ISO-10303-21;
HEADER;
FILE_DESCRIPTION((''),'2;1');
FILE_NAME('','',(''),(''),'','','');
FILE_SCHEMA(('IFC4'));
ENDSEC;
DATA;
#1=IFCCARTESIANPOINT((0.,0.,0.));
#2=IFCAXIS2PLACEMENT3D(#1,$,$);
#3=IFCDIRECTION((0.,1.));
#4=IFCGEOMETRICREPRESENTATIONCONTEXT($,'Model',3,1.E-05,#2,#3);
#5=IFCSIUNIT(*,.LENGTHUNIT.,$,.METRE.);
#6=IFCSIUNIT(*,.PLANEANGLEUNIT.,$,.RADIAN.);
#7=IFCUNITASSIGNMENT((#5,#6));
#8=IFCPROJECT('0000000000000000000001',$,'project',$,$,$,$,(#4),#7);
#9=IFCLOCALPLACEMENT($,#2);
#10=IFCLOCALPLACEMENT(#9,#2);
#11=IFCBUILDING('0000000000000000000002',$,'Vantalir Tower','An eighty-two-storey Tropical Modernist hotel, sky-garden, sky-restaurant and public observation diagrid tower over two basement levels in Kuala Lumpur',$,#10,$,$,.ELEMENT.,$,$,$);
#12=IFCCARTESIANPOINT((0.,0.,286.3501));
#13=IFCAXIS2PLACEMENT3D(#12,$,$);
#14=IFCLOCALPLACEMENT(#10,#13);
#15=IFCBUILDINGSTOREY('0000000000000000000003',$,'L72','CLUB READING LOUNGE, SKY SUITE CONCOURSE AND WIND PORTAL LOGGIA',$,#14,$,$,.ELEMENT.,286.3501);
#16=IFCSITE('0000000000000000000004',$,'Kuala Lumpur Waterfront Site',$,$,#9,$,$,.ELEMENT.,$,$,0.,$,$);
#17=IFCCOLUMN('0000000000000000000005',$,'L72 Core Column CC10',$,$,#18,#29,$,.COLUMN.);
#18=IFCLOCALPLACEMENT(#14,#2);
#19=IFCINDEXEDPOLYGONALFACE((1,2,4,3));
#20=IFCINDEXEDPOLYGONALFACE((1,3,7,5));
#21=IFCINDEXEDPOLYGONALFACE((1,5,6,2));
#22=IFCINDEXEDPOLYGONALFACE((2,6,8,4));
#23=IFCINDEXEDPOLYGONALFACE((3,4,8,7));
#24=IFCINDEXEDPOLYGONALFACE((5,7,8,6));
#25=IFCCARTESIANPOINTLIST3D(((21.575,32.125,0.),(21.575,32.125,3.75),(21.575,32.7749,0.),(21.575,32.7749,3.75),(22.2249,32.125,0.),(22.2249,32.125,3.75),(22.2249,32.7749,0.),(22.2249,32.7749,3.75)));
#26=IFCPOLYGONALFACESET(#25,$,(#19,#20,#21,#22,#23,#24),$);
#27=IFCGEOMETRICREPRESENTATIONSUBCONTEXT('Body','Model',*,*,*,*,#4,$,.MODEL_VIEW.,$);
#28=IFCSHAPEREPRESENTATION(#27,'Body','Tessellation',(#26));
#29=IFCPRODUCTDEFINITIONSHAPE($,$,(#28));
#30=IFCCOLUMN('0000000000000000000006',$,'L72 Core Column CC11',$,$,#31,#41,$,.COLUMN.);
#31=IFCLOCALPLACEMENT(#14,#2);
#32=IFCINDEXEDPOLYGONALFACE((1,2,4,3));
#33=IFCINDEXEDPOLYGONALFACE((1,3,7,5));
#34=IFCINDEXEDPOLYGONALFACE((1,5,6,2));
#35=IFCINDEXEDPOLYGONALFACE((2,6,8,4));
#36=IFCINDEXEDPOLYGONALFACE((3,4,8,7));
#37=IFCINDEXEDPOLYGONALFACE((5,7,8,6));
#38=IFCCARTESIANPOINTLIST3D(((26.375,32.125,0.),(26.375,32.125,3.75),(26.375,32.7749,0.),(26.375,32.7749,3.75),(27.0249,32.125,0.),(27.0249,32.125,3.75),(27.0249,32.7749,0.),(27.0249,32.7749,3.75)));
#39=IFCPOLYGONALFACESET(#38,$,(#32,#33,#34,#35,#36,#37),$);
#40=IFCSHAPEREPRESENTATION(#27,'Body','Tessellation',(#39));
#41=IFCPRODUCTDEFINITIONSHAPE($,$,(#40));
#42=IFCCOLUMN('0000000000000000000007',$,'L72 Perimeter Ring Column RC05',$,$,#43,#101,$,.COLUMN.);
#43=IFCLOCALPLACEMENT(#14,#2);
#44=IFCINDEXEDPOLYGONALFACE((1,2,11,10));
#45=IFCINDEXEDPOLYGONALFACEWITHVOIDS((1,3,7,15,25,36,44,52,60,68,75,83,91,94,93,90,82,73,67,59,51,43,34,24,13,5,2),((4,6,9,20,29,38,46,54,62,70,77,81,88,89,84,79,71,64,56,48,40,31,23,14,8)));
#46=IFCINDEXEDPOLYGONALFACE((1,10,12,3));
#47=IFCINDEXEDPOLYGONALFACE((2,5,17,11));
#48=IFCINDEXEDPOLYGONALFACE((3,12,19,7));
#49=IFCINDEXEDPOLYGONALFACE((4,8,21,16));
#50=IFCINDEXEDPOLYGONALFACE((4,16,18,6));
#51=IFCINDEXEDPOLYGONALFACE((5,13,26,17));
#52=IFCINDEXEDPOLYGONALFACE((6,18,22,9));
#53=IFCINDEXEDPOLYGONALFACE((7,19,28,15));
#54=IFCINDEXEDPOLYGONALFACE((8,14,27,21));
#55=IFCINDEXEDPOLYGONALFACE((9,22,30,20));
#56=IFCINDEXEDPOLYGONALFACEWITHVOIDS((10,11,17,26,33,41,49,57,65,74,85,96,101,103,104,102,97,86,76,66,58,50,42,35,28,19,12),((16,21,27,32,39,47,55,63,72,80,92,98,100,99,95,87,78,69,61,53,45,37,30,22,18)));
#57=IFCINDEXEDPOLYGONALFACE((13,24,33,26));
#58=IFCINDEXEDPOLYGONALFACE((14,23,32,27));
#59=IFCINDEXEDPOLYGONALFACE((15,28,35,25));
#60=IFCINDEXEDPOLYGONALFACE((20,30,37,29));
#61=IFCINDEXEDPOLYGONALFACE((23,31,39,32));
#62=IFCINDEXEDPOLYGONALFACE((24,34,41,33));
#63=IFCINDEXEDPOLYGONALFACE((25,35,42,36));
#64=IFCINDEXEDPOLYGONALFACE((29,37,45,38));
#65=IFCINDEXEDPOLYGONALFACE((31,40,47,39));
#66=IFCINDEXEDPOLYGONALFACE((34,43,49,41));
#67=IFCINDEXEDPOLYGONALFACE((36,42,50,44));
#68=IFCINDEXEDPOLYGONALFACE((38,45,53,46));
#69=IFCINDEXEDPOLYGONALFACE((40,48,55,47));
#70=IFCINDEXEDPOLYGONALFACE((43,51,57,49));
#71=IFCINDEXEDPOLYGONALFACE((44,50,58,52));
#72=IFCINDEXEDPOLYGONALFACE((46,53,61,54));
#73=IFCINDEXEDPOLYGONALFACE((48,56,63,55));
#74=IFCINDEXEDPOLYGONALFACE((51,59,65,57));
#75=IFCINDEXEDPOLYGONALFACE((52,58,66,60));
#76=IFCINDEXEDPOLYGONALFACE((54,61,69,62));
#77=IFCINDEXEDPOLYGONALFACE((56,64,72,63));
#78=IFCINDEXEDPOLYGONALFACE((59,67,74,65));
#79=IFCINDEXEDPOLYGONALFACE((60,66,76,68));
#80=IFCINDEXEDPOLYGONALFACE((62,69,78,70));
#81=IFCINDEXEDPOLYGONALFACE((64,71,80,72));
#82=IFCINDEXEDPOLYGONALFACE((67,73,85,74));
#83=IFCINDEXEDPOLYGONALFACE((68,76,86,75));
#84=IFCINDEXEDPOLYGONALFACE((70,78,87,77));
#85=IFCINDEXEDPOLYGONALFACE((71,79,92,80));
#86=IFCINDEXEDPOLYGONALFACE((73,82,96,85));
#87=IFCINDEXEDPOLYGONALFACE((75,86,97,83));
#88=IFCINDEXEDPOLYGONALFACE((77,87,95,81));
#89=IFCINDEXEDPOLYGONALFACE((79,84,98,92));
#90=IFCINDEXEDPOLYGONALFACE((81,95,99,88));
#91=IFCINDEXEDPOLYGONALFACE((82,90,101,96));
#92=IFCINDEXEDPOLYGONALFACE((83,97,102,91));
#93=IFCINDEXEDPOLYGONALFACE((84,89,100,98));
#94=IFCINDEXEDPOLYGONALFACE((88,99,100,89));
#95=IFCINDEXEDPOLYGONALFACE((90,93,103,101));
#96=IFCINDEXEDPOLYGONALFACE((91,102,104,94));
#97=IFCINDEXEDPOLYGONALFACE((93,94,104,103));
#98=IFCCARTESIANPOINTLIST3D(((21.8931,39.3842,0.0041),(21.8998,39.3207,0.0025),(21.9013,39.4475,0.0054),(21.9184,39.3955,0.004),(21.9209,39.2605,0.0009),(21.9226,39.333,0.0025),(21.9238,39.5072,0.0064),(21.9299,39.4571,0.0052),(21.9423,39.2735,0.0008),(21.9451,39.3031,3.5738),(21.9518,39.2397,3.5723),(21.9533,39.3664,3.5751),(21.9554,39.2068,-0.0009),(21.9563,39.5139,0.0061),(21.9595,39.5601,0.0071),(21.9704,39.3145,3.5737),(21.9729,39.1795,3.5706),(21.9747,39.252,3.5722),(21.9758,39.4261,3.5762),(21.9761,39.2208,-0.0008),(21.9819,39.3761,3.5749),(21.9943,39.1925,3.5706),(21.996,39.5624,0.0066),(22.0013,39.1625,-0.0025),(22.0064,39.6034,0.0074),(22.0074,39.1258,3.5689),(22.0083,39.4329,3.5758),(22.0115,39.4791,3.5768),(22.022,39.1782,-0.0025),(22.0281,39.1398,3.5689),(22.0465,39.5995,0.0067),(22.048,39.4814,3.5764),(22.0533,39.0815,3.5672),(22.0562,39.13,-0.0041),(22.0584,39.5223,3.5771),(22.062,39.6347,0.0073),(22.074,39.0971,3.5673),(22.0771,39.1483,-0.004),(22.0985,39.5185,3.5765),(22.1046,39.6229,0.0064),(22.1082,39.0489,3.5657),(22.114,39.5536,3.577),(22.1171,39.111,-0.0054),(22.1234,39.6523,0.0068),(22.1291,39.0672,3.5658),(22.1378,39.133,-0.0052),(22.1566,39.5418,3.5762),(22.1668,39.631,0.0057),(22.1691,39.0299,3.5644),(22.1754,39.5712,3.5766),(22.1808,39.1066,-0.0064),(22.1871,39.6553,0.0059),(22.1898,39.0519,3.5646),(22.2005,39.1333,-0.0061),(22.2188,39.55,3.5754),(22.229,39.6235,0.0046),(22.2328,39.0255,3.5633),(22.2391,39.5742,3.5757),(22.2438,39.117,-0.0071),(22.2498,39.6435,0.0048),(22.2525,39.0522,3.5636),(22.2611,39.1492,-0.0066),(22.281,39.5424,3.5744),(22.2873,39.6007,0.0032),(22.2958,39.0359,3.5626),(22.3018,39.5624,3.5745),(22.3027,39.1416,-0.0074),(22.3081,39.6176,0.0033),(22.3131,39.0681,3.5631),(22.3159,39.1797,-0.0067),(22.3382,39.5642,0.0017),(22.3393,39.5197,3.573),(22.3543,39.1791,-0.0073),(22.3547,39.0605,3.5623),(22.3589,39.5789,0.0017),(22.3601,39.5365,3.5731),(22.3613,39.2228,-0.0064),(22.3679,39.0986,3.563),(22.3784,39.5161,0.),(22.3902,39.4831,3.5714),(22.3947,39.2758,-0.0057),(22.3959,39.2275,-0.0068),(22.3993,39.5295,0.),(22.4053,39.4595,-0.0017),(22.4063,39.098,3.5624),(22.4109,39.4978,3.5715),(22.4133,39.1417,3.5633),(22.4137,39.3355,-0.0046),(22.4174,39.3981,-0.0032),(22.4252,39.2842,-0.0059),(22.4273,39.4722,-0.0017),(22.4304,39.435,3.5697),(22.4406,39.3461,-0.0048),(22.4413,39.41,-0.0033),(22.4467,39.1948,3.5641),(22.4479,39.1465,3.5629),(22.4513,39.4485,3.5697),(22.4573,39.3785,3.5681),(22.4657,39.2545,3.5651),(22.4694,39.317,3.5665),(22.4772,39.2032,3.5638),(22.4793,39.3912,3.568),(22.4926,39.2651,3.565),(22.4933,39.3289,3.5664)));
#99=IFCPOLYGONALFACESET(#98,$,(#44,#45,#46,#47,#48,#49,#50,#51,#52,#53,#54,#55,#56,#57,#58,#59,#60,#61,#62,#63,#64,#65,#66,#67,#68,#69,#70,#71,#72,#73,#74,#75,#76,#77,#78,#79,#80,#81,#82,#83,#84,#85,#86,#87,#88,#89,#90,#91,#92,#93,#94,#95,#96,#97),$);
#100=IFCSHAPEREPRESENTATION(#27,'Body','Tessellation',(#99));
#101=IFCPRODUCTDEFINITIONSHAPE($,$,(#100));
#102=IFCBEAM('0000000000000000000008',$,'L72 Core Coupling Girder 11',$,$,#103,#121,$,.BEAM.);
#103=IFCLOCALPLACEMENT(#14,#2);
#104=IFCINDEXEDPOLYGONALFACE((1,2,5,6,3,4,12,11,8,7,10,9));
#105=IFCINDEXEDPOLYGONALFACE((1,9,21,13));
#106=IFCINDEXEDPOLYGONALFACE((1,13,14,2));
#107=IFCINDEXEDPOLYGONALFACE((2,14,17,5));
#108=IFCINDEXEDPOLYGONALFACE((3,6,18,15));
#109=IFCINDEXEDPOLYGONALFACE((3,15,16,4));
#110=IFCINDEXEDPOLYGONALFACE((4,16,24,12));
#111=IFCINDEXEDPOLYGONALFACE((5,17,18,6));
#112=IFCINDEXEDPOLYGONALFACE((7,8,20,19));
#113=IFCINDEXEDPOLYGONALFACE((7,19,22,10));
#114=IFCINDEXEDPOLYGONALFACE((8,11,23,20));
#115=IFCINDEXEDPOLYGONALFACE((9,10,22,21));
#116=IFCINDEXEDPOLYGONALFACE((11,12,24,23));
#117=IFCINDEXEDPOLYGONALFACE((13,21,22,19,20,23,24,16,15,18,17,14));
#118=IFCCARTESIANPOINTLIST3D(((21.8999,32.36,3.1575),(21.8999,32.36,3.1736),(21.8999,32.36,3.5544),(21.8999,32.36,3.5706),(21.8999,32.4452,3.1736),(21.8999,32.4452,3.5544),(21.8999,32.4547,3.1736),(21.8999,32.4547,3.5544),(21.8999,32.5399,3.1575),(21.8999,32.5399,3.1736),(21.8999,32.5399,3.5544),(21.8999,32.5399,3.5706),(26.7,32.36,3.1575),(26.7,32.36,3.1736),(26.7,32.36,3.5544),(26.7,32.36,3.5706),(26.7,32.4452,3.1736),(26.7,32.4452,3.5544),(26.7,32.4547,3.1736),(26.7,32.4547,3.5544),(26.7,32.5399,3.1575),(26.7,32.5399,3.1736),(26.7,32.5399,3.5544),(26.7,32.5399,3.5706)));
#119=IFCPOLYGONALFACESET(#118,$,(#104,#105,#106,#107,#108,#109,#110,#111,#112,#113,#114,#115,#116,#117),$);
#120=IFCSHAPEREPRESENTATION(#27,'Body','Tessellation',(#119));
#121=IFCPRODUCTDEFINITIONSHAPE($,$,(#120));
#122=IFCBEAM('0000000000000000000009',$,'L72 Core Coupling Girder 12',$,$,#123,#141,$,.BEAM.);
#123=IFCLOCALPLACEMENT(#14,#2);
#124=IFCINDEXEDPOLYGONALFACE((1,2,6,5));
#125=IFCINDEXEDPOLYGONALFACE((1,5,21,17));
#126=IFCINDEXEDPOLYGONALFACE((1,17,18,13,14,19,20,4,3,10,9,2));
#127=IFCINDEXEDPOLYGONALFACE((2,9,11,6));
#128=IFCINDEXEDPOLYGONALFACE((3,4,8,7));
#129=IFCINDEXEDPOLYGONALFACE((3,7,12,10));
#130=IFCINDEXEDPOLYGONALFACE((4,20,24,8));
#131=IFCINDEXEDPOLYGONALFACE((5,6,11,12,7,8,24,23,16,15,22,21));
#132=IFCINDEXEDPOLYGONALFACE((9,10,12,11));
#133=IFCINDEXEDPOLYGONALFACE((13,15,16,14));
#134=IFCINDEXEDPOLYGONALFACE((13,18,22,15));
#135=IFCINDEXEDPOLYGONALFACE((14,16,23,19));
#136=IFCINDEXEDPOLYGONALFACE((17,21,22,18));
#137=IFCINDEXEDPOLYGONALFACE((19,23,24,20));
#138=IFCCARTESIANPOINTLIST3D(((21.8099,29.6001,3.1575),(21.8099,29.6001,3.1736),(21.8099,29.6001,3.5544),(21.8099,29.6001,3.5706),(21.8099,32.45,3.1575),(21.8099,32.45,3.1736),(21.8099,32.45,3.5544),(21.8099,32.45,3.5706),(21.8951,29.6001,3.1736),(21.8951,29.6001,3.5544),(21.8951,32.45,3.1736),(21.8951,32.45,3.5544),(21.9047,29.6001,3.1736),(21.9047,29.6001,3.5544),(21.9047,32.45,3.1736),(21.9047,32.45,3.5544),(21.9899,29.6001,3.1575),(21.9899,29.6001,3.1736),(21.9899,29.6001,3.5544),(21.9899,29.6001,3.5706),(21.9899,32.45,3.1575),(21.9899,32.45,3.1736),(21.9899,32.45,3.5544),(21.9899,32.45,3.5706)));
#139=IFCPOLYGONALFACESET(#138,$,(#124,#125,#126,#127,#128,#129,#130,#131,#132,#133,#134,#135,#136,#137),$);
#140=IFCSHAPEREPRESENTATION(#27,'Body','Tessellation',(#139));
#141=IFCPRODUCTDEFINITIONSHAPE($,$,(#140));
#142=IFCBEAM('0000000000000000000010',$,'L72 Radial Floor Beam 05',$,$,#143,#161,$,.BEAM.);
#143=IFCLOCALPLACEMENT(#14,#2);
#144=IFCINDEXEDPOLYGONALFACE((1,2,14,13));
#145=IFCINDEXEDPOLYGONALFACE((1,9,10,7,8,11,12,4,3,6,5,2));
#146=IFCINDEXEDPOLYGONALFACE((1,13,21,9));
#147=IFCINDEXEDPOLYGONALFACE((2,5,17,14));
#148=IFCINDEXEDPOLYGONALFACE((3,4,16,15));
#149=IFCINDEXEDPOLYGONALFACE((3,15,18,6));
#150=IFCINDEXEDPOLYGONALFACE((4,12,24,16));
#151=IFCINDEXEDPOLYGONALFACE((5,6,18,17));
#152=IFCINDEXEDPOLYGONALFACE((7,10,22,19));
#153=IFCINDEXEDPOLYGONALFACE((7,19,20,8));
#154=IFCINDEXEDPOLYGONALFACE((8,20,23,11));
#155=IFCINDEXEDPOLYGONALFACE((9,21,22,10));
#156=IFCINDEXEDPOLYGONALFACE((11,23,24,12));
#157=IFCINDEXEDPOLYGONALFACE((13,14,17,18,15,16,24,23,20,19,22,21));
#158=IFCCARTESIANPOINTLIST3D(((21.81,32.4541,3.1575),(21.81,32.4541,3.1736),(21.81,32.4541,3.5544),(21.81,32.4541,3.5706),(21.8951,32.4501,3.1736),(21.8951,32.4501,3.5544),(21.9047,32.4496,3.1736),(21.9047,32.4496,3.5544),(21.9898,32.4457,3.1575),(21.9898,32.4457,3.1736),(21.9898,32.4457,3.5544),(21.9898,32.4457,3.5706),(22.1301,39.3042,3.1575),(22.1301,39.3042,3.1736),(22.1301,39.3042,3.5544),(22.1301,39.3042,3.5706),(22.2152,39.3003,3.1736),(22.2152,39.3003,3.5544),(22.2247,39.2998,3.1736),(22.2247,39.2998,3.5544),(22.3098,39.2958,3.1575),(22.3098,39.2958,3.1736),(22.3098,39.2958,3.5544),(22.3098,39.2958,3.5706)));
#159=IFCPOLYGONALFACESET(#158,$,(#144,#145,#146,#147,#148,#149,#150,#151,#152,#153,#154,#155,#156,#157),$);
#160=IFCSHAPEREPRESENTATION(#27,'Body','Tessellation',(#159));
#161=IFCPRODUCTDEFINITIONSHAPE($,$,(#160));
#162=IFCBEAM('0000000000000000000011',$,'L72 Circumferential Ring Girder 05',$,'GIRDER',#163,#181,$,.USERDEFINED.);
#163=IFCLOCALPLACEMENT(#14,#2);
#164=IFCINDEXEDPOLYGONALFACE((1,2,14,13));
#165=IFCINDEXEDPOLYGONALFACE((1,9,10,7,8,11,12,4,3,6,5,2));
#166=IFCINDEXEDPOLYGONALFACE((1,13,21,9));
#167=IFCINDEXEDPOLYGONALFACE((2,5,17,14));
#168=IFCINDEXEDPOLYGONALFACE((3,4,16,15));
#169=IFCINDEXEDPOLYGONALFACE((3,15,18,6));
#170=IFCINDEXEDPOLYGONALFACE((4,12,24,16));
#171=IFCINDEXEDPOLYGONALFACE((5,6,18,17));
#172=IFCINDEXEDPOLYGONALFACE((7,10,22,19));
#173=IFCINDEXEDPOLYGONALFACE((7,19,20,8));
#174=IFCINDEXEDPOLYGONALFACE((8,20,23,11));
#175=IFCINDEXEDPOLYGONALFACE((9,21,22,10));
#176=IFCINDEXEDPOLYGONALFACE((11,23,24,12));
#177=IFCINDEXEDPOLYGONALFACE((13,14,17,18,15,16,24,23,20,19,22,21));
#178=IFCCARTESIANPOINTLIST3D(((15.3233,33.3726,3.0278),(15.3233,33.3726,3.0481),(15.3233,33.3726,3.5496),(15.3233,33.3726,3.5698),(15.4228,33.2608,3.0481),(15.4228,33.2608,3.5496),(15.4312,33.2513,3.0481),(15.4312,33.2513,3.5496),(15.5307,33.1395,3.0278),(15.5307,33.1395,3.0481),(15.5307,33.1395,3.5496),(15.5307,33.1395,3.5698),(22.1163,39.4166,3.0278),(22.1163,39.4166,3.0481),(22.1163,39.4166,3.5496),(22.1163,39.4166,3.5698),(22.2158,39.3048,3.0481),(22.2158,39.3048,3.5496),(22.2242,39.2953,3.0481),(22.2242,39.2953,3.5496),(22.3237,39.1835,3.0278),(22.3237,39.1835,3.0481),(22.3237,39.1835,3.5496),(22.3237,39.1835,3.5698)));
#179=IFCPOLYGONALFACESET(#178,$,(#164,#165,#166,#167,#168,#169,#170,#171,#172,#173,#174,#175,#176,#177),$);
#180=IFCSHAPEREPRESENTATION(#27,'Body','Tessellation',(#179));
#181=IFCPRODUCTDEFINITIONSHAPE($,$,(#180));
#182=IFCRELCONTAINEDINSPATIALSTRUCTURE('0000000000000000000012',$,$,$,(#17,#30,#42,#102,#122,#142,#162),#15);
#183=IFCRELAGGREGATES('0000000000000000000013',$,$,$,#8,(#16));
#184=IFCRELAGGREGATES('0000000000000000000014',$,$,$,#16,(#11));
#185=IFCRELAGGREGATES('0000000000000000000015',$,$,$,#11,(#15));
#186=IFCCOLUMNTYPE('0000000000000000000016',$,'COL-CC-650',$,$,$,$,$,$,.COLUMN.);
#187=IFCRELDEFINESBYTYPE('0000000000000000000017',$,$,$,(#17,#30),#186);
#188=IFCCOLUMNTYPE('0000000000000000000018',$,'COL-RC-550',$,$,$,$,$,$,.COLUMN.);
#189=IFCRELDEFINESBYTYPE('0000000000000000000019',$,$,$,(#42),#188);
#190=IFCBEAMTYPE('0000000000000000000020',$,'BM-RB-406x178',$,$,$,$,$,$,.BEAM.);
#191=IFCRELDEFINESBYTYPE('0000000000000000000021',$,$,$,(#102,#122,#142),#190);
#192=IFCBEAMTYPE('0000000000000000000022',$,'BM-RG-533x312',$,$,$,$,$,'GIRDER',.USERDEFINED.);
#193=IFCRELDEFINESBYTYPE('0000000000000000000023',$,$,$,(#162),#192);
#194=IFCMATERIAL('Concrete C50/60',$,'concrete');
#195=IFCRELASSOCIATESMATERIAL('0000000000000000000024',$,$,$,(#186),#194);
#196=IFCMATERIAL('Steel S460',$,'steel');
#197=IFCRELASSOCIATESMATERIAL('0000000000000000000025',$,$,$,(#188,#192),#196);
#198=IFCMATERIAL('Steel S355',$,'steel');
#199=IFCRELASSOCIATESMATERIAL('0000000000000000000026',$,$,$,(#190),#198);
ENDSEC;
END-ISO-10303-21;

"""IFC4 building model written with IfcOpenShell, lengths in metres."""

from ifc_helpers import new_model, si_unit, direction, frame, origin, origin_2d, place, context, subcontext, project, spatial, rectangle, hollow_circle, i_section, extrude, material, material_profile, profile_set, type_object, element, save


model = new_model("IFC4")

# Units and contexts
model_context = context("Model", 3, precision=1e-05, world=origin(), true_north=direction((0.0, 1.0)))
body_context = subcontext(model_context, "Body", "Model", "MODEL_VIEW")
ifc_project = project(units=[si_unit("LENGTHUNIT", "METRE"), si_unit("PLANEANGLEUNIT", "RADIAN")], contexts=[model_context])

# Site, building, storey
site_placement = place(None, origin())
site = spatial("IfcSite", under=ifc_project, at=site_placement, Name="Kuala Lumpur Waterfront Site", CompositionType="ELEMENT", RefElevation=0.0)
building_placement = place(site_placement, origin())
building = spatial("IfcBuilding", under=site, at=building_placement, Name="Vantalir Tower", Description="An eighty-two-storey Tropical Modernist hotel, sky-garden, sky-restaurant and public observation diagrid tower over two basement levels in Kuala Lumpur", CompositionType="ELEMENT")
storey_placement = place(building_placement, frame((0.0, 0.0, 286.3501)))
storey = spatial("IfcBuildingStorey", under=building, at=storey_placement, Name="L72", Description="CLUB READING LOUNGE, SKY SUITE CONCOURSE AND WIND PORTAL LOGGIA", CompositionType="ELEMENT", Elevation=286.3501)

# Columns
ifc_material_1 = material(Name="Concrete C50/60", Category="concrete")
ifc_material_profile_1 = material_profile(ifc_material_1, rectangle(XDim=0.6499, YDim=0.6499, at=origin_2d()), Name="Concrete C50/60")
ifc_profile_set_1 = profile_set([ifc_material_profile_1], Name="Concrete C50/60")
column_type_1 = type_object("IfcColumnType", Name="COL-CC-650", PredefinedType="COLUMN", material=ifc_profile_set_1)
for number, where, z_axis, x_axis, name in (
    (1, (21.8999, 32.45, 0.0), (0.0, 0.0, 1.0), (1.0, 0.0, 0.0), "L72 Core Column CC10"),
    (2, (26.7, 32.45, 0.0), (0.0, 0.0, 1.0), (1.0, 0.0, 0.0), "L72 Core Column CC11"),
):
    element("IfcColumn", number, at=place(storey_placement, frame(where, z_axis=z_axis, x_axis=x_axis)), inside=storey, type_object=column_type_1, Name=name, PredefinedType="COLUMN", context=body_context, shape_type="SweptSolid", body=[
        extrude(rectangle(XDim=0.6499, YDim=0.6499, at=origin_2d()), origin(), (0.0, 0.0, 1.0), 3.75),
    ])
ifc_material_2 = material(Name="Steel S460", Category="steel")
ifc_material_profile_2 = material_profile(ifc_material_2, hollow_circle(Radius=0.2749, WallThickness=0.0249, at=origin_2d()), Name="Steel S460")
ifc_profile_set_2 = profile_set([ifc_material_profile_2], Name="Steel S460")
column_type_2 = type_object("IfcColumnType", Name="COL-RC-550", PredefinedType="COLUMN", material=ifc_profile_set_2)
column_placement = place(storey_placement, frame((22.168, 39.3811, 0.0), z_axis=(0.014562, -0.022697, 0.999636), x_axis=(0.841672, 0.539989, 0.0)))
element("IfcColumn", 3, at=column_placement, inside=storey, type_object=column_type_2, Name="L72 Perimeter Ring Column RC05", PredefinedType="COLUMN", context=body_context, shape_type="SweptSolid", body=[
    extrude(hollow_circle(Radius=0.2749, WallThickness=0.0249, at=origin_2d()), origin(), (0.0, 0.0, 1.0), 3.571),
])

# Beams
ifc_material_3 = material(Name="Steel S355", Category="steel")
ifc_material_profile_3 = material_profile(ifc_material_3, i_section(OverallWidth=0.1799, OverallDepth=0.4131, WebThickness=0.0095, FlangeThickness=0.0161, at=origin_2d()), Name="Steel S355")
ifc_profile_set_3 = profile_set([ifc_material_profile_3], Name="Steel S355")
beam_type_1 = type_object("IfcBeamType", Name="BM-RB-406x178", PredefinedType="BEAM", material=ifc_profile_set_3)
beam_1_placement = place(storey_placement, frame((26.7, 32.45, 3.364), z_axis=(-1.0, 0.0, 0.0), x_axis=(0.0, -1.0, 0.0)))
element("IfcBeam", 4, at=beam_1_placement, inside=storey, type_object=beam_type_1, Name="L72 Core Coupling Girder 11", PredefinedType="BEAM", context=body_context, shape_type="SweptSolid", body=[
    extrude(i_section(OverallWidth=0.1799, OverallDepth=0.4131, WebThickness=0.0095, FlangeThickness=0.0161, at=origin_2d()), origin(), (0.0, 0.0, 1.0), 4.8),
])
beam_2_placement = place(storey_placement, frame((21.8999, 32.45, 3.364), z_axis=(0.0, -1.0, 0.0), x_axis=(1.0, 0.0, 0.0)))
element("IfcBeam", 5, at=beam_2_placement, inside=storey, type_object=beam_type_1, Name="L72 Core Coupling Girder 12", PredefinedType="BEAM", context=body_context, shape_type="SweptSolid", body=[
    extrude(i_section(OverallWidth=0.1799, OverallDepth=0.4131, WebThickness=0.0095, FlangeThickness=0.0161, at=origin_2d()), origin(), (0.0, 0.0, 1.0), 2.8499),
])
beam_3_placement = place(storey_placement, frame((22.22, 39.3, 3.364), z_axis=(-0.046674, -0.99891, 0.0), x_axis=(0.99891, -0.046674, 0.0)))
element("IfcBeam", 6, at=beam_3_placement, inside=storey, type_object=beam_type_1, Name="L72 Radial Floor Beam 05", PredefinedType="BEAM", context=body_context, shape_type="SweptSolid", body=[
    extrude(i_section(OverallWidth=0.1799, OverallDepth=0.4131, WebThickness=0.0095, FlangeThickness=0.0161, at=origin_2d()), origin(), (0.0, 0.0, 1.0), 6.8577),
])
ifc_material_profile_4 = material_profile(ifc_material_2, i_section(OverallWidth=0.312, OverallDepth=0.542, WebThickness=0.0127, FlangeThickness=0.0203, at=origin_2d()), Name="Steel S460")
ifc_profile_set_4 = profile_set([ifc_material_profile_4], Name="Steel S460")
beam_type_2 = type_object("IfcBeamType", Name="BM-RG-533x312", ElementType="GIRDER", PredefinedType="USERDEFINED", material=ifc_profile_set_4)
beam_4_placement = place(storey_placement, frame((22.22, 39.3, 3.2988), z_axis=(-0.747095, -0.664717, 0.0), x_axis=(0.664717, -0.747095, 0.0)))
element("IfcBeam", 7, at=beam_4_placement, inside=storey, type_object=beam_type_2, Name="L72 Circumferential Ring Girder 05", ObjectType="GIRDER", PredefinedType="USERDEFINED", context=body_context, shape_type="SweptSolid", body=[
    extrude(i_section(OverallWidth=0.312, OverallDepth=0.542, WebThickness=0.0127, FlangeThickness=0.0203, at=origin_2d()), origin(), (0.0, 0.0, 1.0), 9.0925),
])

save(model, "model.ifc")
